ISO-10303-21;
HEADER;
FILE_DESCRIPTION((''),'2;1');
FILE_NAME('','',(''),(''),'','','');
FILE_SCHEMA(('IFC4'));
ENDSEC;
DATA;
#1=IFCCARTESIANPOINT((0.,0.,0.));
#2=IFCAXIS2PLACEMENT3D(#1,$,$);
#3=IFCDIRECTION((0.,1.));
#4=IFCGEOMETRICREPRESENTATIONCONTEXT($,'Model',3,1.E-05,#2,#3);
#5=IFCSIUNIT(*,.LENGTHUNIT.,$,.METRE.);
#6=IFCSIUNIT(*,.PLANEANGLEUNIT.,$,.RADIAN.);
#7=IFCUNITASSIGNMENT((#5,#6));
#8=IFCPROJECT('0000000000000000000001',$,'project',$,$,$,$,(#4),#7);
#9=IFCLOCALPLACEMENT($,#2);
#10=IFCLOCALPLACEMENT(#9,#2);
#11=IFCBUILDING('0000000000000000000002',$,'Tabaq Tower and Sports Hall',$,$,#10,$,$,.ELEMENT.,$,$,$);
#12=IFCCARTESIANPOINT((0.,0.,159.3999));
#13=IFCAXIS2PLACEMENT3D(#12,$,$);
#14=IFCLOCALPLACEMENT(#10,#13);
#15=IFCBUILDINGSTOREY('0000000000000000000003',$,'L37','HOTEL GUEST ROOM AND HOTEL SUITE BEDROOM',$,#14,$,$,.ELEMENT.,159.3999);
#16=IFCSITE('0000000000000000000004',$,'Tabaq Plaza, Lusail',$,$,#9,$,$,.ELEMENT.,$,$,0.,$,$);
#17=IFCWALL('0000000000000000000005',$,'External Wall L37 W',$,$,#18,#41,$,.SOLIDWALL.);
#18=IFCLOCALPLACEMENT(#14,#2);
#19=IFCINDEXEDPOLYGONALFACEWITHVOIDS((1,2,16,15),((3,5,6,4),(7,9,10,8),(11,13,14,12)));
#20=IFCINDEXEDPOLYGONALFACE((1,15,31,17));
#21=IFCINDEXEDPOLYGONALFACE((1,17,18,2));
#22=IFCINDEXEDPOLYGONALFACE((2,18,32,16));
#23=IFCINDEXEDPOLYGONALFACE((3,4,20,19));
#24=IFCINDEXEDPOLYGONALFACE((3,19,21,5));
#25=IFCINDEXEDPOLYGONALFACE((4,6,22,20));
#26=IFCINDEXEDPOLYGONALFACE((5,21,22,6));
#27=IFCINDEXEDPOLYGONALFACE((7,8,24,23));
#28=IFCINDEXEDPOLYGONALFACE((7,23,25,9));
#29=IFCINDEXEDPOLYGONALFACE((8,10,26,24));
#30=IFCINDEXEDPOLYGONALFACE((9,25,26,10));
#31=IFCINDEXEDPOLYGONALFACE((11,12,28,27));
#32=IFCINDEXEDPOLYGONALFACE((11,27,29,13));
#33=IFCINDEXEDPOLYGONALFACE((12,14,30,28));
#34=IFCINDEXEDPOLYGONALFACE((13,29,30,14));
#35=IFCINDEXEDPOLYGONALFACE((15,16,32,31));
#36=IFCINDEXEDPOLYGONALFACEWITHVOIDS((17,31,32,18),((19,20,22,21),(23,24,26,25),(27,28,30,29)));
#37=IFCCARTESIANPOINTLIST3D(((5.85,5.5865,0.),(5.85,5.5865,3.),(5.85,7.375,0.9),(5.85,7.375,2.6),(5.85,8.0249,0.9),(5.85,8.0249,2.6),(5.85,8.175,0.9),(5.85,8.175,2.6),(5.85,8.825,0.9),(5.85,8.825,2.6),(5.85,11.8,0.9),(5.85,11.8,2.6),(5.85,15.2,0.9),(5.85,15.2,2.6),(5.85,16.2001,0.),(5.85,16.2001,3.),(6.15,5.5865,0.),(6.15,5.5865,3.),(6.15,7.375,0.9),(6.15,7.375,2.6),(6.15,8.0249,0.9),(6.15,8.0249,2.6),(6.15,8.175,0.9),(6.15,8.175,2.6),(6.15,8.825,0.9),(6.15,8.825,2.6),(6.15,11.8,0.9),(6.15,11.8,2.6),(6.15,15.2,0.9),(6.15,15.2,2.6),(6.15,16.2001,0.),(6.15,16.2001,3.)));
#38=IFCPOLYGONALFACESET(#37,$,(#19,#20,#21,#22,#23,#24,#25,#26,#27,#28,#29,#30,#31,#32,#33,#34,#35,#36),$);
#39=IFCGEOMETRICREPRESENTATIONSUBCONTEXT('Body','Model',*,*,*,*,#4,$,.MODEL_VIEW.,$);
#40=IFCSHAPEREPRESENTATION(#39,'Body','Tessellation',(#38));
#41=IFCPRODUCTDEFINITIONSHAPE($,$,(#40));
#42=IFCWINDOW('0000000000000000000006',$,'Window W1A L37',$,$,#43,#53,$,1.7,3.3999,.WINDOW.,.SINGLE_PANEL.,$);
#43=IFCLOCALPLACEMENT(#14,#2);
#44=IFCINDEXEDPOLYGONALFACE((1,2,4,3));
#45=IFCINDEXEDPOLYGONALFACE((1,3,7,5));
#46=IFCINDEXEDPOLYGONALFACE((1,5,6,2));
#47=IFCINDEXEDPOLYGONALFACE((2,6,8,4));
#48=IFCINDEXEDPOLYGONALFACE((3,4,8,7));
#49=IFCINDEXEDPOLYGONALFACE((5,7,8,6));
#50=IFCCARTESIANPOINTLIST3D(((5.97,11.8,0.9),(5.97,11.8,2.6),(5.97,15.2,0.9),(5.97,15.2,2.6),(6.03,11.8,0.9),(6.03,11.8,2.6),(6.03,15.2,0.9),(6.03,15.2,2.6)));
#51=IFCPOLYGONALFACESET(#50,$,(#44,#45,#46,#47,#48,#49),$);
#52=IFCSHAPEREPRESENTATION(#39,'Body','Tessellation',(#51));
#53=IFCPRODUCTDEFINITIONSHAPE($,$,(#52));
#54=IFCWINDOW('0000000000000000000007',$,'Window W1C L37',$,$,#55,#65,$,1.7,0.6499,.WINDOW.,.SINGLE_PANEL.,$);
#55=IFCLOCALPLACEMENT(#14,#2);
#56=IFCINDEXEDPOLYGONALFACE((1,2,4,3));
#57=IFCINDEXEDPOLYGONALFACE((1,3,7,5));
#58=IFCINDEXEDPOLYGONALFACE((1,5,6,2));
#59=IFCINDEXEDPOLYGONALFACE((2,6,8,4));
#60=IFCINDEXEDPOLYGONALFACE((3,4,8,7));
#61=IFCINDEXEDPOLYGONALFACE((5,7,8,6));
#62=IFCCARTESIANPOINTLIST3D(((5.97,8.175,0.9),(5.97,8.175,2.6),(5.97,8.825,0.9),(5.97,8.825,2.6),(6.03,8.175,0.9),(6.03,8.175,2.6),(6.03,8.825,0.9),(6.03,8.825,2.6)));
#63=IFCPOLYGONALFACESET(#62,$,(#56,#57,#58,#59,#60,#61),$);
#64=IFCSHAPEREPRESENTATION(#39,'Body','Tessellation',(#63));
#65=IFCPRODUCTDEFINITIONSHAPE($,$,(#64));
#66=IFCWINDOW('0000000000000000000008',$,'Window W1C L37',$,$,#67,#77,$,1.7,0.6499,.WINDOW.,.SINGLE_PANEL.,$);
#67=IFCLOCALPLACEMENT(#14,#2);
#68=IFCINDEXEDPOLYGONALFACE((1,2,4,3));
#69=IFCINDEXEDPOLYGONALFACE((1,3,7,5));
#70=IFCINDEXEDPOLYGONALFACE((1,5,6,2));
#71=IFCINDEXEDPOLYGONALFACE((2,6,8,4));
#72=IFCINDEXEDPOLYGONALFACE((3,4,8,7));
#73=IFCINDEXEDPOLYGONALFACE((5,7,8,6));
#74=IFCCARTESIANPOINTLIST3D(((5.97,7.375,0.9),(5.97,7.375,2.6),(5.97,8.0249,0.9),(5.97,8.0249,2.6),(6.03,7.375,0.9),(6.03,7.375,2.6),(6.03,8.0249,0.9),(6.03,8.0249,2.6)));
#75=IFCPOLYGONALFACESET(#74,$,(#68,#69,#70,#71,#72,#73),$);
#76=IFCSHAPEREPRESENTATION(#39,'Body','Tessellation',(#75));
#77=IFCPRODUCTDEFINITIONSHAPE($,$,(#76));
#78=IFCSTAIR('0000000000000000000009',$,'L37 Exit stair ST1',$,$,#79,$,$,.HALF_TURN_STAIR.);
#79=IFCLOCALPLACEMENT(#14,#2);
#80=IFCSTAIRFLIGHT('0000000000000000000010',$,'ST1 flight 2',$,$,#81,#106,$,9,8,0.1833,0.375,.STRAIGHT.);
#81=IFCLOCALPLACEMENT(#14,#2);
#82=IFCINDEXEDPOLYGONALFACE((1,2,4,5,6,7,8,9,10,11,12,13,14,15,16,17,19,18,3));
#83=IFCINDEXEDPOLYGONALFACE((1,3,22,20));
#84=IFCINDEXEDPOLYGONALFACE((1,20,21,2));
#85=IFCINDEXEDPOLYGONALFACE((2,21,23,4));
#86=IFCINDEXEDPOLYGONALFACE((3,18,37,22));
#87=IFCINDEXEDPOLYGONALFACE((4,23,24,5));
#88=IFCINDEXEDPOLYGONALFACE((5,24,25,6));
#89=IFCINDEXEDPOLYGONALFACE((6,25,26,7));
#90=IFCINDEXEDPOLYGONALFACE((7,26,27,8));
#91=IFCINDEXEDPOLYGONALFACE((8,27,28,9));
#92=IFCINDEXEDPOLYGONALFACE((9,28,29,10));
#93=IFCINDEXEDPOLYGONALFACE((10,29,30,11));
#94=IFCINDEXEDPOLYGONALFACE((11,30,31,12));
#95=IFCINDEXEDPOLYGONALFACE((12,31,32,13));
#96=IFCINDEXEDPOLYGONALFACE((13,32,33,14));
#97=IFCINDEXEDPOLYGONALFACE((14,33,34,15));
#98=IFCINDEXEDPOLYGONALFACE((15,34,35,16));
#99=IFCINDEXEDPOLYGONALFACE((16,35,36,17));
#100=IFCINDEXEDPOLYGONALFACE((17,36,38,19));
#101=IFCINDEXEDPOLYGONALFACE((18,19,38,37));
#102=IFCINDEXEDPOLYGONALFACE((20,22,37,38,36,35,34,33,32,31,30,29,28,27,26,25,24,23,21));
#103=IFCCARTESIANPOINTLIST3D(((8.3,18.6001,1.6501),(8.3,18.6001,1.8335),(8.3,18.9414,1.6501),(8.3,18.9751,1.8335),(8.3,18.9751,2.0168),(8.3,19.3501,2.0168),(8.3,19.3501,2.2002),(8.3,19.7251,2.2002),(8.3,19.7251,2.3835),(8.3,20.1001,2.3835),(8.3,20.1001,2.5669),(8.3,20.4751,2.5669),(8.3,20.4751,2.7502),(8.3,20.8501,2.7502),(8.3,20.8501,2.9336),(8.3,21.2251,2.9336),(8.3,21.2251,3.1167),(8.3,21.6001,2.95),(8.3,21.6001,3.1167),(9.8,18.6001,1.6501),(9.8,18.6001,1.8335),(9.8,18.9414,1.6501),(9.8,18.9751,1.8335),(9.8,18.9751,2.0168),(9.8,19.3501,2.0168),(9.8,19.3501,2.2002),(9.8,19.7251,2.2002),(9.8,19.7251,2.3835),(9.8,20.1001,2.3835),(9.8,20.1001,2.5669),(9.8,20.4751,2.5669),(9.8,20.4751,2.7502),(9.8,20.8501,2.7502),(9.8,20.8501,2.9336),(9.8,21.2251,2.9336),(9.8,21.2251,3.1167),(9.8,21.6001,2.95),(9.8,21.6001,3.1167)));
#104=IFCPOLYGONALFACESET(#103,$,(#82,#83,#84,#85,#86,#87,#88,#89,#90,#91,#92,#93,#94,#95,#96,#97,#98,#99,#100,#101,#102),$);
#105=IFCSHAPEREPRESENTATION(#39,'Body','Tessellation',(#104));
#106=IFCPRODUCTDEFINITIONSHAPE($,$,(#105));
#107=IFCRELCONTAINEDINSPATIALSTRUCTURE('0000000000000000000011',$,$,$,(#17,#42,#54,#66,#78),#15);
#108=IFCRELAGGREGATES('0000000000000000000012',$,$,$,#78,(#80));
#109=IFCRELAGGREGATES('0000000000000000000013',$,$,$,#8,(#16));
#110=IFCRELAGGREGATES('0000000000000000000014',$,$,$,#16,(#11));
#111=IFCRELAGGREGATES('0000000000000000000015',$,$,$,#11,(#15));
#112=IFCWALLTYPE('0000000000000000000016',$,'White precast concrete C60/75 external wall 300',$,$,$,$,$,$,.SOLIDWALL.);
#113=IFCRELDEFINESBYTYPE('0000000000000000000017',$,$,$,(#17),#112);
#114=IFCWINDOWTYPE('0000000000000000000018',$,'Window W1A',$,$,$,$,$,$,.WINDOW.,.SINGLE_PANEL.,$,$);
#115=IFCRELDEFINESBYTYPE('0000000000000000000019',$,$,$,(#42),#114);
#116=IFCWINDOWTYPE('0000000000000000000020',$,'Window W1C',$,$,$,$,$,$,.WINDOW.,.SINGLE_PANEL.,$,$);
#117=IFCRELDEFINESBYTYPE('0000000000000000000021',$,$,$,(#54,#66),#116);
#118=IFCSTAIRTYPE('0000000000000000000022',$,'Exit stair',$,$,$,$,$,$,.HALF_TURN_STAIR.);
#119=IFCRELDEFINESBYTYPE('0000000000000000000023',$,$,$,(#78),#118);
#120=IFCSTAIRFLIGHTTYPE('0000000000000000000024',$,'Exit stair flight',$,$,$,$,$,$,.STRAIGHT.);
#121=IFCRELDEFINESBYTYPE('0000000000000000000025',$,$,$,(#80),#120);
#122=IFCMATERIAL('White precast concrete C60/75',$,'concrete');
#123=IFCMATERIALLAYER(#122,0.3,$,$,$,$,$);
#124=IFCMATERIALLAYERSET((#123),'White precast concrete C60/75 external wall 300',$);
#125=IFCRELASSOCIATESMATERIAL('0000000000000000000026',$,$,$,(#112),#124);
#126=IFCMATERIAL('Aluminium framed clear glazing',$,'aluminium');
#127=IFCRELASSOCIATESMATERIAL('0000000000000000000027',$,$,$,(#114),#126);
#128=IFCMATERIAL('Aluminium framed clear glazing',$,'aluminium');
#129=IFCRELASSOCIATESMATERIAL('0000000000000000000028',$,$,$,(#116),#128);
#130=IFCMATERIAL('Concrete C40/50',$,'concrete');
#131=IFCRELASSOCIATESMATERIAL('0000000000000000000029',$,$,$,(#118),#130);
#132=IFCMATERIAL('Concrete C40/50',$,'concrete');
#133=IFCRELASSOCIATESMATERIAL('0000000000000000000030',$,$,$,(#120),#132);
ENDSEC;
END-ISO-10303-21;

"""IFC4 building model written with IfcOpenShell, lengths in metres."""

from ifc_helpers import new_model, si_unit, direction, frame, frame_2d, origin, place, context, subcontext, project, spatial, polyline, rectangle, outline, extrude, material, layer, layer_set, type_object, element, fill, aggregate, save


model = new_model("IFC4")

# Units and contexts
model_context = context("Model", 3, precision=1e-05, world=origin(), true_north=direction((0.0, 1.0)))
body_context = subcontext(model_context, "Body", "Model", "MODEL_VIEW")
ifc_project = project(units=[si_unit("LENGTHUNIT", "METRE"), si_unit("PLANEANGLEUNIT", "RADIAN")], contexts=[model_context])

# Site, building, storey
site_placement = place(None, origin())
site = spatial("IfcSite", under=ifc_project, at=site_placement, Name="Tabaq Plaza, Lusail", CompositionType="ELEMENT", RefElevation=0.0)
building_placement = place(site_placement, origin())
building = spatial("IfcBuilding", under=site, at=building_placement, Name="Tabaq Tower and Sports Hall", CompositionType="ELEMENT")
storey_placement = place(building_placement, frame((0.0, 0.0, 159.3999)))
storey = spatial("IfcBuildingStorey", under=building, at=storey_placement, Name="L37", Description="HOTEL GUEST ROOM AND HOTEL SUITE BEDROOM", CompositionType="ELEMENT", Elevation=159.3999)

# Wall, openings, windows
ifc_material_1 = material(Name="White precast concrete C60/75", Category="concrete")
ifc_layer_1 = layer(ifc_material_1, 0.3)
ifc_layer_set_1 = layer_set([ifc_layer_1], Name="White precast concrete C60/75 external wall 300")
wall_type_1 = type_object("IfcWallType", Name="White precast concrete C60/75 external wall 300", PredefinedType="SOLIDWALL", material=ifc_layer_set_1)
wall_1_placement = place(storey_placement, frame((6.0, 16.2, 0.0), z_axis=(0.0, 0.0, 1.0), x_axis=(0.0, -1.0, 0.0)))
wall_1 = element("IfcWall", 1, at=wall_1_placement, inside=storey, type_object=wall_type_1, Name="External Wall L37 W", PredefinedType="SOLIDWALL", context=body_context, shape_type="SweptSolid", body=[
    extrude(rectangle(XDim=10.6135, YDim=0.3, at=frame_2d((5.3066, 0.0))), origin(), (0.0, 0.0, 1.0), 3.0),
])
opening_1_placement = place(wall_1_placement, frame((1.0, 0.0, 0.8999)))
opening_1 = element("IfcOpeningElement", 2, at=opening_1_placement, cuts=wall_1, PredefinedType="OPENING", context=body_context, shape_type="SweptSolid", body=[
    extrude(rectangle(XDim=3.3999, YDim=1.7, at=frame_2d((1.7, 0.8501))), frame((0.0, 0.1602, 0.0), z_axis=(0.0, -1.0, 0.0), x_axis=(1.0, 0.0, 0.0)), (0.0, 0.0, 1.0), 0.3201),
])
opening_2_placement = place(wall_1_placement, frame((7.375, 0.0, 0.8999)))
opening_2 = element("IfcOpeningElement", 3, at=opening_2_placement, cuts=wall_1, PredefinedType="OPENING", context=body_context, shape_type="SweptSolid", body=[
    extrude(rectangle(XDim=0.6499, YDim=1.7, at=frame_2d((0.325, 0.8501))), frame((0.0, 0.1602, 0.0), z_axis=(0.0, -1.0, 0.0), x_axis=(1.0, 0.0, 0.0)), (0.0, 0.0, 1.0), 0.3201),
])
opening_3_placement = place(wall_1_placement, frame((8.175, 0.0, 0.8999)))
opening_3 = element("IfcOpeningElement", 4, at=opening_3_placement, cuts=wall_1, PredefinedType="OPENING", context=body_context, shape_type="SweptSolid", body=[
    extrude(rectangle(XDim=0.6499, YDim=1.7, at=frame_2d((0.325, 0.8501))), frame((0.0, 0.1602, 0.0), z_axis=(0.0, -1.0, 0.0), x_axis=(1.0, 0.0, 0.0)), (0.0, 0.0, 1.0), 0.3201),
])
ifc_material_2 = material(Name="Aluminium framed clear glazing", Category="aluminium")
window_type_1 = type_object("IfcWindowType", Name="Window W1A", PartitioningType="SINGLE_PANEL", PredefinedType="WINDOW", material=ifc_material_2)
window_1_placement = place(opening_1_placement, origin())
window_1 = element("IfcWindow", 5, at=window_1_placement, inside=storey, type_object=window_type_1, Name="Window W1A L37", OverallHeight=1.7, OverallWidth=3.3999, PartitioningType="SINGLE_PANEL", PredefinedType="WINDOW", context=body_context, shape_type="SweptSolid", body=[
    extrude(rectangle(XDim=3.3999, YDim=1.7, at=frame_2d((1.7, 0.8501))), frame((0.0, 0.03, 0.0), z_axis=(0.0, -1.0, 0.0), x_axis=(1.0, 0.0, 0.0)), (0.0, 0.0, 1.0), 0.0601),
])
fill(opening_1, window_1)
ifc_material_3 = material(Name="Aluminium framed clear glazing", Category="aluminium")
window_type_2 = type_object("IfcWindowType", Name="Window W1C", PartitioningType="SINGLE_PANEL", PredefinedType="WINDOW", material=ifc_material_3)
window_2_placement = place(opening_2_placement, origin())
window_2 = element("IfcWindow", 6, at=window_2_placement, inside=storey, type_object=window_type_2, Name="Window W1C L37", OverallHeight=1.7, OverallWidth=0.6499, PartitioningType="SINGLE_PANEL", PredefinedType="WINDOW", context=body_context, shape_type="SweptSolid", body=[
    extrude(rectangle(XDim=0.6499, YDim=1.7, at=frame_2d((0.325, 0.8501))), frame((0.0, 0.03, 0.0), z_axis=(0.0, -1.0, 0.0), x_axis=(1.0, 0.0, 0.0)), (0.0, 0.0, 1.0), 0.0601),
])
fill(opening_2, window_2)
window_3_placement = place(opening_3_placement, origin())
window_3 = element("IfcWindow", 7, at=window_3_placement, inside=storey, type_object=window_type_2, Name="Window W1C L37", OverallHeight=1.7, OverallWidth=0.6499, PartitioningType="SINGLE_PANEL", PredefinedType="WINDOW", context=body_context, shape_type="SweptSolid", body=[
    extrude(rectangle(XDim=0.6499, YDim=1.7, at=frame_2d((0.325, 0.8501))), frame((0.0, 0.03, 0.0), z_axis=(0.0, -1.0, 0.0), x_axis=(1.0, 0.0, 0.0)), (0.0, 0.0, 1.0), 0.0601),
])
fill(opening_3, window_3)

# Stair, stair flight
ifc_material_4 = material(Name="Concrete C40/50", Category="concrete")
stair_type = type_object("IfcStairType", Name="Exit stair", PredefinedType="HALF_TURN_STAIR", material=ifc_material_4)
stair_placement = place(storey_placement, origin())
stair = element("IfcStair", 8, at=stair_placement, inside=storey, type_object=stair_type, Name="L37 Exit stair ST1", PredefinedType="HALF_TURN_STAIR")
ifc_material_5 = material(Name="Concrete C40/50", Category="concrete")
stair_flight_type = type_object("IfcStairFlightType", Name="Exit stair flight", PredefinedType="STRAIGHT", material=ifc_material_5)
stair_flight_placement = place(storey_placement, frame((9.05, 18.6001, 1.6501), z_axis=(0.0, 0.0, 1.0), x_axis=(0.0, 1.0, 0.0)))
stair_flight = element("IfcStairFlight", 9, at=stair_flight_placement, type_object=stair_flight_type, Name="ST1 flight 2", NumberOfRisers=9, NumberOfTreads=8, PredefinedType="STRAIGHT", RiserHeight=0.1833, TreadLength=0.375, context=body_context, shape_type="SweptSolid", body=[
    extrude(outline(polyline([(0.0, 0.0), (0.0, 0.1833), (0.375, 0.1833), (0.375, 0.3667), (0.75, 0.3667), (0.75, 0.55), (1.125, 0.55), (1.125, 0.7334), (1.5, 0.7334), (1.5, 0.9167), (1.875, 0.9167), (1.875, 1.1001), (2.25, 1.1001), (2.25, 1.2834), (2.625, 1.2834), (2.625, 1.4666), (3.0, 1.4666), (3.0, 1.6499), (3.0, 1.2998), (0.3413, 0.0), (0.0, 0.0)])), frame((0.0, 0.75, 0.0), z_axis=(0.0, -1.0, 0.0), x_axis=(1.0, 0.0, 0.0)), (0.0, 0.0, 1.0), 1.5),
])
aggregate(stair, [stair_flight])

save(model, "model.ifc")
